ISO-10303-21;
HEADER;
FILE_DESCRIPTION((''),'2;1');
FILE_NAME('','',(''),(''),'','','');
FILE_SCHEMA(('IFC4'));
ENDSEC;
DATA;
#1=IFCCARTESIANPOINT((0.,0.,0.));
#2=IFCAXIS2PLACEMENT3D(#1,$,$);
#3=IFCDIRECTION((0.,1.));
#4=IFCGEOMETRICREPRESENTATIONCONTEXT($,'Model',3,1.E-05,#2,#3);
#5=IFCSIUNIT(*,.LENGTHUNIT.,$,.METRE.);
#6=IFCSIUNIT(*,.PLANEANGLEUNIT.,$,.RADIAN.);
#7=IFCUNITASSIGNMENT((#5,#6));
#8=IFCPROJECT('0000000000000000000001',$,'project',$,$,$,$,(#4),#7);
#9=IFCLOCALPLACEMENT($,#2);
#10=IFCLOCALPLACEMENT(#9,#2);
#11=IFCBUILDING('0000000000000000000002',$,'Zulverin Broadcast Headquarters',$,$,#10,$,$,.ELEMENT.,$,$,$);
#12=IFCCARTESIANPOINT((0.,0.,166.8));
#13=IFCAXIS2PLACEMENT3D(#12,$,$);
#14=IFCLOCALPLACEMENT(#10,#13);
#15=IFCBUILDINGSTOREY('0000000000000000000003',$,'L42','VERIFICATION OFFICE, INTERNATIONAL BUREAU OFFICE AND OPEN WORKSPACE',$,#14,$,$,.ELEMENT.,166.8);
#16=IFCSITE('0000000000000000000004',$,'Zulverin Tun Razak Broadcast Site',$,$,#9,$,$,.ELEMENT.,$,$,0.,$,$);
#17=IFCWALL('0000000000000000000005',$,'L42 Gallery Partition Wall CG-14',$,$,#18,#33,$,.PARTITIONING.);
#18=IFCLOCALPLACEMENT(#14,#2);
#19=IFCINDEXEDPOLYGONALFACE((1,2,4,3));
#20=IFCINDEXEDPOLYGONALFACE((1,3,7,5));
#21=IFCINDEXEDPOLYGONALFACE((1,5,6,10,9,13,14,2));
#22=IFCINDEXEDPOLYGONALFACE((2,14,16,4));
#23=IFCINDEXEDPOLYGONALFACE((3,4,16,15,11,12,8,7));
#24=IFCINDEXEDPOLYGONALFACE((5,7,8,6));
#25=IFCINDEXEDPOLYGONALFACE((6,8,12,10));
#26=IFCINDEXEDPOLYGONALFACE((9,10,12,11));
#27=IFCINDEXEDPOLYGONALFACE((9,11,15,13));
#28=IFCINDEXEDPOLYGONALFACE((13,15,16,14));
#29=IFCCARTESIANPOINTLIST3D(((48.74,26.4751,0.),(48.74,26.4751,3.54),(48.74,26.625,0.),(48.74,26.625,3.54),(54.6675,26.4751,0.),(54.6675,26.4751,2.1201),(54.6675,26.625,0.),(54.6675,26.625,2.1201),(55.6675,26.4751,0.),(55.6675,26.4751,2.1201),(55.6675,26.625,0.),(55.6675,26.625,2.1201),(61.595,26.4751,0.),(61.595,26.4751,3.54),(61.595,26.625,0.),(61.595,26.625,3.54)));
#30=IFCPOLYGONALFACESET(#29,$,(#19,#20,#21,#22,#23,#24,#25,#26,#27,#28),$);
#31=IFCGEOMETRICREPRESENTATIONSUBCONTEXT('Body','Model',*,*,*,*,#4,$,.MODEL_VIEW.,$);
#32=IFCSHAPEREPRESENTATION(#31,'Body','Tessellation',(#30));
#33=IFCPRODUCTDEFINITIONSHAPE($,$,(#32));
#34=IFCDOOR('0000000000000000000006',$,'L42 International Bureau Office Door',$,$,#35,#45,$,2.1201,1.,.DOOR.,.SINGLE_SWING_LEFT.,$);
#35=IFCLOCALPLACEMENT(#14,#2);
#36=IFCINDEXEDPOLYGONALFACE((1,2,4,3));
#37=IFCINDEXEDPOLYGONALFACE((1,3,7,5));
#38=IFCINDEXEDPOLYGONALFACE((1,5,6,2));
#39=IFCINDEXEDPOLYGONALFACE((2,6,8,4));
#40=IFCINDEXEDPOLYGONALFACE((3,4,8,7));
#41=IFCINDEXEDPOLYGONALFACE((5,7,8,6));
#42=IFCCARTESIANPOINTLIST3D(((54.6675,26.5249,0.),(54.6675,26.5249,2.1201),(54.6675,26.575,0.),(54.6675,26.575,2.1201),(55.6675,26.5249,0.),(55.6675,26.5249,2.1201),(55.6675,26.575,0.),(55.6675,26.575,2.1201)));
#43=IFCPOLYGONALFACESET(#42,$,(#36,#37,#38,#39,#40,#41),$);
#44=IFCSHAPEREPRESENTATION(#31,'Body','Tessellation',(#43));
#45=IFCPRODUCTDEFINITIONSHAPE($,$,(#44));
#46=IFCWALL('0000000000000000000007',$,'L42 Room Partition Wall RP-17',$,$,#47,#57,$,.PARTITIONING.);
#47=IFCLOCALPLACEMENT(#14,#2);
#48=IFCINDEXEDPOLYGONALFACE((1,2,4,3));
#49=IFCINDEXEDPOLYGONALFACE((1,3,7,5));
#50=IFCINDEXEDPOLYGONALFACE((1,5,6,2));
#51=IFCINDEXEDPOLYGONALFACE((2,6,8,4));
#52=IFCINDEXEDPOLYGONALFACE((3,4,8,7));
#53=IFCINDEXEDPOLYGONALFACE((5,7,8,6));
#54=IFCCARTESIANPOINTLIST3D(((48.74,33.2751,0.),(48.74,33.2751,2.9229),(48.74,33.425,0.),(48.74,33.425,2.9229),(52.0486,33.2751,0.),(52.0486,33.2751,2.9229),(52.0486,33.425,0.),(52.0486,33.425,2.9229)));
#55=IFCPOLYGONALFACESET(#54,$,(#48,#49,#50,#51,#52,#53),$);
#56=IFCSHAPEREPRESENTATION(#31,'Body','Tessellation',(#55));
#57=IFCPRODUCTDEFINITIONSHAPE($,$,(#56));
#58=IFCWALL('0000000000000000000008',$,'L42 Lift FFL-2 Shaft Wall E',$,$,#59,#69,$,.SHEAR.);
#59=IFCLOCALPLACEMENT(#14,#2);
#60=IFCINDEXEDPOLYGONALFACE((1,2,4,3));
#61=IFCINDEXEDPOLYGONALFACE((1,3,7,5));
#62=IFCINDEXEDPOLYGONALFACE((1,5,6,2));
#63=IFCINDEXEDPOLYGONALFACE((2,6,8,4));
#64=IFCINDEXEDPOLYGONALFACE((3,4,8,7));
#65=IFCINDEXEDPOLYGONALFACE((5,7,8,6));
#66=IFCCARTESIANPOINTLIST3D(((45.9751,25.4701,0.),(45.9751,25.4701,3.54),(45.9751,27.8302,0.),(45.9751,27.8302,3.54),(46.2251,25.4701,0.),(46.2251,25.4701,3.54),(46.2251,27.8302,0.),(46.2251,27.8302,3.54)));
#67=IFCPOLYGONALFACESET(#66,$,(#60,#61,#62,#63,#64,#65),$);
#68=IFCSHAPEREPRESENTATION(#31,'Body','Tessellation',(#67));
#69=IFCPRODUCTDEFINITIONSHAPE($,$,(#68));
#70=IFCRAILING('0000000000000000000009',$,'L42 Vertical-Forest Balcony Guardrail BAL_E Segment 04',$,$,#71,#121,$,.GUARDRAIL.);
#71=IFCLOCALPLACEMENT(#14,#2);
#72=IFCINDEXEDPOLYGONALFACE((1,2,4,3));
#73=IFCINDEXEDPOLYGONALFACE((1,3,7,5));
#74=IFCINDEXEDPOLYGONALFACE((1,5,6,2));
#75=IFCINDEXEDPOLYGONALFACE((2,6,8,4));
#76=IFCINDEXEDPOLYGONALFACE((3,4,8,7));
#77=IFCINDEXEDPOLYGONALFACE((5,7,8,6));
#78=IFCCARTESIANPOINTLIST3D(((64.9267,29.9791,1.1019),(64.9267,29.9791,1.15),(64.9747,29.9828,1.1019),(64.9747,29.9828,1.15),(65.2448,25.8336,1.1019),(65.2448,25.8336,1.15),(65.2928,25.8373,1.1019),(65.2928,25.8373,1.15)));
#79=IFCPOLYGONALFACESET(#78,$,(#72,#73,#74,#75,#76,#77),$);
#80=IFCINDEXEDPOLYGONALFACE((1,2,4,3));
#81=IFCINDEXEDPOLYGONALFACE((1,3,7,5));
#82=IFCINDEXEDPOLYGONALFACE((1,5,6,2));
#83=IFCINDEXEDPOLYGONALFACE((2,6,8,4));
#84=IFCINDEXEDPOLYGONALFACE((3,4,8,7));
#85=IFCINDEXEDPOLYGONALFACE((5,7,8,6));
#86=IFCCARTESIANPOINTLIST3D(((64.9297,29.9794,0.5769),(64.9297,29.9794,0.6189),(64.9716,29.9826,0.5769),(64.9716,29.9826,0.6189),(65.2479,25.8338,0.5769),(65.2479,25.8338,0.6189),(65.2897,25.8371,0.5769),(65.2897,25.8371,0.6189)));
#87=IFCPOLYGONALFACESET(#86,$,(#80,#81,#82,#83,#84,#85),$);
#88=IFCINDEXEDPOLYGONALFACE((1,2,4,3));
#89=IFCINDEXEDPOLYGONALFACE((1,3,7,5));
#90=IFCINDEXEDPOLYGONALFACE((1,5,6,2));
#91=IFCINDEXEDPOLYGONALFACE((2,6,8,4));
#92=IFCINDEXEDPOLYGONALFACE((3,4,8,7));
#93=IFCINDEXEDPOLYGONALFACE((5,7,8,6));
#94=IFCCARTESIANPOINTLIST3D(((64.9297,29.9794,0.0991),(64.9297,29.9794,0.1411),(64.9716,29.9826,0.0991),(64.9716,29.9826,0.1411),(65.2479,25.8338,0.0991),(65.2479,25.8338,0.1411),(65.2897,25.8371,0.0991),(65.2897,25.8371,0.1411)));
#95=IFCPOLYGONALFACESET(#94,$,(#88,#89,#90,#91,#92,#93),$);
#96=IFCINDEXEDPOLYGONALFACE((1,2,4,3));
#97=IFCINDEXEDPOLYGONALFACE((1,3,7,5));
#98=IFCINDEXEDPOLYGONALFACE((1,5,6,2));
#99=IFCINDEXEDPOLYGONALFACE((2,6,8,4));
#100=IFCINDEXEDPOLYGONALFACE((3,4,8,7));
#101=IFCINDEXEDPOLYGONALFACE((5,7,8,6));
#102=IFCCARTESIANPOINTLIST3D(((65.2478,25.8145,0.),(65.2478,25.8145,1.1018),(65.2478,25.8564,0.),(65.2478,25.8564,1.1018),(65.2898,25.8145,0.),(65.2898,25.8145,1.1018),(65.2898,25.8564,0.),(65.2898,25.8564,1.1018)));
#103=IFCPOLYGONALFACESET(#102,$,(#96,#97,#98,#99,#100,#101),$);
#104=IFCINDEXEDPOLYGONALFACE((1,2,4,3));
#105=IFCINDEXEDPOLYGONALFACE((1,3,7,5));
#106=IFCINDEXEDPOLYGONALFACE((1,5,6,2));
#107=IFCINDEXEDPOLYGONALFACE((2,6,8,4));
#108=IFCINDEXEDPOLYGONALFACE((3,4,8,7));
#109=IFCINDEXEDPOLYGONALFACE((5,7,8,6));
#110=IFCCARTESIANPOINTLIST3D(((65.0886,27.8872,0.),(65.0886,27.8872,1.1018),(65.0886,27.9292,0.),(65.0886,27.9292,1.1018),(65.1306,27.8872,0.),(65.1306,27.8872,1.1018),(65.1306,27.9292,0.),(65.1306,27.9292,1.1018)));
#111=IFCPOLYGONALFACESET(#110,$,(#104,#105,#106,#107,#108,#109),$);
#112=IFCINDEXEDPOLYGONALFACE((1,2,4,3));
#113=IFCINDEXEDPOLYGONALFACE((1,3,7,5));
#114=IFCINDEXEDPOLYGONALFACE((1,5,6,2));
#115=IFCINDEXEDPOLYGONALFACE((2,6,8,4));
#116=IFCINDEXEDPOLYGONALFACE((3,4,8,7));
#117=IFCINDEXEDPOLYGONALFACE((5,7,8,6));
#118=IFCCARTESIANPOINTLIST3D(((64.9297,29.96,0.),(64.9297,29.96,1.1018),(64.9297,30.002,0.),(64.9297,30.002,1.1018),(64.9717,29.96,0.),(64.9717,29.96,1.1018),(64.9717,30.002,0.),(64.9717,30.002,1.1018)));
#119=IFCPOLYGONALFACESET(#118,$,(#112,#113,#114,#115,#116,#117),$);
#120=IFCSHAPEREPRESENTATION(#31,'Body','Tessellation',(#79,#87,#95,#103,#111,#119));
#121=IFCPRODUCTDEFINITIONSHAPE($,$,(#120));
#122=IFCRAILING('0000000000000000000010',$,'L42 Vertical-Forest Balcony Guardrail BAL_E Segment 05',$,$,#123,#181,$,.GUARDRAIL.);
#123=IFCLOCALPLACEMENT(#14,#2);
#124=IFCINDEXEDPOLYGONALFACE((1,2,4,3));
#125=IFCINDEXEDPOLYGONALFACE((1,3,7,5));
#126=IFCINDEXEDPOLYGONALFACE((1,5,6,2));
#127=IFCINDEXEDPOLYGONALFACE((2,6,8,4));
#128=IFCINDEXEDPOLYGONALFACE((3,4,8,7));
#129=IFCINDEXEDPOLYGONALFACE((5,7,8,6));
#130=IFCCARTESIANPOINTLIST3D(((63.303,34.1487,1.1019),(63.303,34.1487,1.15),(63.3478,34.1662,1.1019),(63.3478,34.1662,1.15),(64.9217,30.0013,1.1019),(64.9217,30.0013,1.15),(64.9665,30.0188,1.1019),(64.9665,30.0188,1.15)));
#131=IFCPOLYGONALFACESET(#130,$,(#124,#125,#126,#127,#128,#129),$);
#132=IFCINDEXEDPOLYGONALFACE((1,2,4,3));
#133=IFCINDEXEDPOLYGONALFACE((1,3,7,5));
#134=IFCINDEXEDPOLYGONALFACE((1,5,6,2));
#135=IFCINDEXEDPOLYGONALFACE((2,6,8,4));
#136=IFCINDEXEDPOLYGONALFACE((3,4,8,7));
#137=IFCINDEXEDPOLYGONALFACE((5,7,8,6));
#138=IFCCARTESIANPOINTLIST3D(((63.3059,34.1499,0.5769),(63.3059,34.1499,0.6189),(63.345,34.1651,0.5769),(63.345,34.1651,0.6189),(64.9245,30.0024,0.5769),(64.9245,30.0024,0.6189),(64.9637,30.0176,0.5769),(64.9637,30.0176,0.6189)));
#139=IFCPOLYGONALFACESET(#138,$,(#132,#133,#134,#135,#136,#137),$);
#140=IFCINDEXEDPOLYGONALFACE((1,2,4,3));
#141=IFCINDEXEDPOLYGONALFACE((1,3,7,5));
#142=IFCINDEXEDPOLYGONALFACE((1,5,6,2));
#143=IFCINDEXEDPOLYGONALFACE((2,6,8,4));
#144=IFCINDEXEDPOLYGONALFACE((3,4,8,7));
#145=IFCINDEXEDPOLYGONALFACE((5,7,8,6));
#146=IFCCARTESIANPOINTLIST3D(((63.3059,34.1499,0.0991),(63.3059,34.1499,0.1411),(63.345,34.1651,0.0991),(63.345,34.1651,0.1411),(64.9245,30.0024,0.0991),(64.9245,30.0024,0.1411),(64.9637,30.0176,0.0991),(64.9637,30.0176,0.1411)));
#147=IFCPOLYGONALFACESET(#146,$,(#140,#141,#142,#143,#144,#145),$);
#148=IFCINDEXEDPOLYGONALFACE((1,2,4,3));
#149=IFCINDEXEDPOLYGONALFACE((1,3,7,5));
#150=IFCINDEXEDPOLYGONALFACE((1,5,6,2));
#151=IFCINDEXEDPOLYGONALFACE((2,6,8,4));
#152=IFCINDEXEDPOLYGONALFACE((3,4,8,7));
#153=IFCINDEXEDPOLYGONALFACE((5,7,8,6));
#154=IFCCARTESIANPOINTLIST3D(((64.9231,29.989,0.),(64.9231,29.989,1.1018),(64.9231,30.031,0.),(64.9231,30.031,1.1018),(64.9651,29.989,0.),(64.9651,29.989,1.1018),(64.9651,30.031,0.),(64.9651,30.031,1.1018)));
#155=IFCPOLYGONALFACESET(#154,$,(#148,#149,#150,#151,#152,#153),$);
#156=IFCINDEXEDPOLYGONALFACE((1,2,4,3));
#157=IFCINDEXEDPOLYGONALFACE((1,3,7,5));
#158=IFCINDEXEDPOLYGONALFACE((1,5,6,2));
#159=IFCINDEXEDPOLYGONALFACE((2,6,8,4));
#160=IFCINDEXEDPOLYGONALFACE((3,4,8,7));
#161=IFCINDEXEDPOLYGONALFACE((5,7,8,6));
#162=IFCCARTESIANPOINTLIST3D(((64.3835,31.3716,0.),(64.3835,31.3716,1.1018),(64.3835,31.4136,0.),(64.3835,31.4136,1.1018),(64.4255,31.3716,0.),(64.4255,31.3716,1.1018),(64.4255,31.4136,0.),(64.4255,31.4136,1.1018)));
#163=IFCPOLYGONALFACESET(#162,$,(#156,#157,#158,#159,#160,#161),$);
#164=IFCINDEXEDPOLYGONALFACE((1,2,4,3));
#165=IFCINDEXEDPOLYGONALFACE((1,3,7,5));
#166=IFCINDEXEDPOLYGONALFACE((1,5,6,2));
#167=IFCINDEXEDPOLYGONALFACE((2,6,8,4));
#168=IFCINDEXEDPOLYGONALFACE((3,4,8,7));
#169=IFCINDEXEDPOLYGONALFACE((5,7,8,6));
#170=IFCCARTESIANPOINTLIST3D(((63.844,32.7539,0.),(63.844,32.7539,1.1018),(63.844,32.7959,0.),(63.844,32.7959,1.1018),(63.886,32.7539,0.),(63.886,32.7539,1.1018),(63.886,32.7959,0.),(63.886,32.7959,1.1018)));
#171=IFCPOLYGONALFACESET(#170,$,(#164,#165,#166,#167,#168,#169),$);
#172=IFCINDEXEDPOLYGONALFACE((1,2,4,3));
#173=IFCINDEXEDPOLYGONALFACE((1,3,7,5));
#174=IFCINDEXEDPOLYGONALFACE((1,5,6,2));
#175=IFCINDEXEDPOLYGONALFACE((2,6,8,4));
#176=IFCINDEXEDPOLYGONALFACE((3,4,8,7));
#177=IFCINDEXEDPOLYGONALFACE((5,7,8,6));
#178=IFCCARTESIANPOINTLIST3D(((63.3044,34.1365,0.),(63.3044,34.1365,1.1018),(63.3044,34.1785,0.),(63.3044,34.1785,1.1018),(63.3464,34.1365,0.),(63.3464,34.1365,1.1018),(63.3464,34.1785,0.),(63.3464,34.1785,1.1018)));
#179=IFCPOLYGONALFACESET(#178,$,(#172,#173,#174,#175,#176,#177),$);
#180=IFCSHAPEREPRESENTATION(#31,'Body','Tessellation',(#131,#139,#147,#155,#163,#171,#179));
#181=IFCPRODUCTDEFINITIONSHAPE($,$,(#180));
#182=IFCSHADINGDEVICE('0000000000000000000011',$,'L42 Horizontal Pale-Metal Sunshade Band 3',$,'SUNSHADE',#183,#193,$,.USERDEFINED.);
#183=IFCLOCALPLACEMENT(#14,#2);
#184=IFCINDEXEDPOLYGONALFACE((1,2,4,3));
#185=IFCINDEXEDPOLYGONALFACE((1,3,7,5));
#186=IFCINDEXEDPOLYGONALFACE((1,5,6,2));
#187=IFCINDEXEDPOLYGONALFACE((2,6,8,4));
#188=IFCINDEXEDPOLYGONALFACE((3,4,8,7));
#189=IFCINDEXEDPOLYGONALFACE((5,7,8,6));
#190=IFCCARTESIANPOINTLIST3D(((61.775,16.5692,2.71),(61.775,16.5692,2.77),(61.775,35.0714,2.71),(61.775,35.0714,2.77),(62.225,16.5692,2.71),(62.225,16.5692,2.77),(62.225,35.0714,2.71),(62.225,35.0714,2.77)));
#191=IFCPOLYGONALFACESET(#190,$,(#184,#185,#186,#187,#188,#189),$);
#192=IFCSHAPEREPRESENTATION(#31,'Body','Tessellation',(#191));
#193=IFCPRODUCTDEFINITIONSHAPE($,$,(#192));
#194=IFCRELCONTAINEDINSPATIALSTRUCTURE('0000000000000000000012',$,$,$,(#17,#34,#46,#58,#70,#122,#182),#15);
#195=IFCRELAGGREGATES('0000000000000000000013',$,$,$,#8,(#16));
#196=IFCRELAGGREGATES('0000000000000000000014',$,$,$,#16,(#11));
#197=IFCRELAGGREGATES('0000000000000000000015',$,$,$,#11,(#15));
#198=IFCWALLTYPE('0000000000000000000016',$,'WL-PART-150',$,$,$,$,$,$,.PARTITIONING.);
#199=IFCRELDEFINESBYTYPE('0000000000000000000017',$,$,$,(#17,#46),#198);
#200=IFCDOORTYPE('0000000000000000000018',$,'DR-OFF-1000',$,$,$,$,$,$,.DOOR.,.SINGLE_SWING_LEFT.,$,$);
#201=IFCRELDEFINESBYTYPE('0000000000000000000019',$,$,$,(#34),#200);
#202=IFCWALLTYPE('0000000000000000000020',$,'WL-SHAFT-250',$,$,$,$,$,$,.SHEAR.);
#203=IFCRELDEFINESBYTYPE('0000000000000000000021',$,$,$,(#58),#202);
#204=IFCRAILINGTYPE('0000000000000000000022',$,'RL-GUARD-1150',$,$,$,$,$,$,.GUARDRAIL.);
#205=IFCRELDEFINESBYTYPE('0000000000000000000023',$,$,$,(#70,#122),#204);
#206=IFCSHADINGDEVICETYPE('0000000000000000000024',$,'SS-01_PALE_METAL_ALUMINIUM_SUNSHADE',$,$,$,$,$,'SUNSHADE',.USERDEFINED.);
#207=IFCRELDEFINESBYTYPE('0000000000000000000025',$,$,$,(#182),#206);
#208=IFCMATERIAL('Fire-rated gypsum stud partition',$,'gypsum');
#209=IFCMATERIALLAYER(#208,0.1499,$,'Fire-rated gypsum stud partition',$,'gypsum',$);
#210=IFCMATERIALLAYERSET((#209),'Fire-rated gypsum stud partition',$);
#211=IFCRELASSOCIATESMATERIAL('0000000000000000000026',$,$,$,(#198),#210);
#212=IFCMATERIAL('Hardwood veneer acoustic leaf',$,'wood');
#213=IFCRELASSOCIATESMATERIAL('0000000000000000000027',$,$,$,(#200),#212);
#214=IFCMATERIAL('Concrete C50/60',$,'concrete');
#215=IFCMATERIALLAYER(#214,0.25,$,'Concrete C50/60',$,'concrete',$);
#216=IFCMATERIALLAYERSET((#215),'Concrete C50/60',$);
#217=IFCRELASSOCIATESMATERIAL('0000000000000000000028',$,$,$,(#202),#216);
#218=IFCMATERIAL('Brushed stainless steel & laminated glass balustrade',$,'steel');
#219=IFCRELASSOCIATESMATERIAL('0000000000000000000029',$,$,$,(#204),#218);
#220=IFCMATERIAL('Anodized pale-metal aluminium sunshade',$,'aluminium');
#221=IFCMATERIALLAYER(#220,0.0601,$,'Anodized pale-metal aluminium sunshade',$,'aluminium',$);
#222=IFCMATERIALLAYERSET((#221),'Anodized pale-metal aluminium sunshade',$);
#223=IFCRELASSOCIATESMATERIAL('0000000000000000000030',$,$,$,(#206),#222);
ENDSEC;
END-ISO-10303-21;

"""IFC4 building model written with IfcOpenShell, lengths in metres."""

from ifc_helpers import new_model, si_unit, direction, frame, frame_2d, origin, origin_2d, place, context, subcontext, project, spatial, rectangle, extrude, material, layer, layer_set, type_object, element, fill, save


model = new_model("IFC4")

# Units and contexts
model_context = context("Model", 3, precision=1e-05, world=origin(), true_north=direction((0.0, 1.0)))
body_context = subcontext(model_context, "Body", "Model", "MODEL_VIEW")
ifc_project = project(units=[si_unit("LENGTHUNIT", "METRE"), si_unit("PLANEANGLEUNIT", "RADIAN")], contexts=[model_context])

# Site, building, storey
site_placement = place(None, origin())
site = spatial("IfcSite", under=ifc_project, at=site_placement, Name="Zulverin Tun Razak Broadcast Site", CompositionType="ELEMENT", RefElevation=0.0)
building_placement = place(site_placement, origin())
building = spatial("IfcBuilding", under=site, at=building_placement, Name="Zulverin Broadcast Headquarters", CompositionType="ELEMENT")
storey_placement = place(building_placement, frame((0.0, 0.0, 166.8)))
storey = spatial("IfcBuildingStorey", under=building, at=storey_placement, Name="L42", Description="VERIFICATION OFFICE, INTERNATIONAL BUREAU OFFICE AND OPEN WORKSPACE", CompositionType="ELEMENT", Elevation=166.8)

# Shared definitions
ifc_material_1 = material(Name="Concrete C50/60", Category="concrete")

# Shared definitions
ifc_material_2 = material(Name="Fire-rated gypsum stud partition", Category="gypsum")
ifc_layer_1 = layer(ifc_material_2, 0.1499, Name="Fire-rated gypsum stud partition", Category="gypsum")
ifc_layer_set_1 = layer_set([ifc_layer_1], Name="Fire-rated gypsum stud partition")
wall_type_1 = type_object("IfcWallType", Name="WL-PART-150", PredefinedType="PARTITIONING", material=ifc_layer_set_1)

# Wall, opening, door
wall_1_placement = place(storey_placement, frame((48.74, 26.55, 0.0), z_axis=(0.0, 0.0, 1.0), x_axis=(1.0, 0.0, 0.0)))
wall_1 = element("IfcWall", 1, at=wall_1_placement, inside=storey, type_object=wall_type_1, Name="L42 Gallery Partition Wall CG-14", PredefinedType="PARTITIONING", context=body_context, shape_type="SweptSolid", body=[
    extrude(rectangle(XDim=12.855, YDim=0.1499, at=frame_2d((6.4275, 0.0))), origin(), (0.0, 0.0, 1.0), 3.54),
])
opening_placement = place(wall_1_placement, frame((5.9275, 0.0, 0.0)))
opening = element("IfcOpeningElement", 2, at=opening_placement, cuts=wall_1, PredefinedType="OPENING", context=body_context, shape_type="SweptSolid", body=[
    extrude(rectangle(XDim=1.0, YDim=2.1201, at=frame_2d((0.5, 1.0601))), frame((0.0, 0.085, 0.0), z_axis=(0.0, -1.0, 0.0), x_axis=(1.0, 0.0, 0.0)), (0.0, 0.0, 1.0), 0.1699),
])
ifc_material_3 = material(Name="Hardwood veneer acoustic leaf", Category="wood")
door_type = type_object("IfcDoorType", Name="DR-OFF-1000", OperationType="SINGLE_SWING_LEFT", PredefinedType="DOOR", material=ifc_material_3)
door_placement = place(opening_placement, origin())
door = element("IfcDoor", 3, at=door_placement, inside=storey, type_object=door_type, Name="L42 International Bureau Office Door", OperationType="SINGLE_SWING_LEFT", OverallHeight=2.1201, OverallWidth=1.0, PredefinedType="DOOR", context=body_context, shape_type="SweptSolid", body=[
    extrude(rectangle(XDim=1.0, YDim=2.1201, at=frame_2d((0.5, 1.0601))), frame((0.0, 0.0249, 0.0), z_axis=(0.0, -1.0, 0.0), x_axis=(1.0, 0.0, 0.0)), (0.0, 0.0, 1.0), 0.05),
])
fill(opening, door)

# Walls
wall_2_placement = place(storey_placement, frame((48.74, 33.3501, 0.0), z_axis=(0.0, 0.0, 1.0), x_axis=(1.0, 0.0, 0.0)))
element("IfcWall", 4, at=wall_2_placement, inside=storey, type_object=wall_type_1, Name="L42 Room Partition Wall RP-17", PredefinedType="PARTITIONING", context=body_context, shape_type="SweptSolid", body=[
    extrude(rectangle(XDim=3.3086, YDim=0.1499, at=frame_2d((1.6543, 0.0))), origin(), (0.0, 0.0, 1.0), 2.9229),
])
ifc_layer_2 = layer(ifc_material_1, 0.25, Name="Concrete C50/60", Category="concrete")
ifc_layer_set_2 = layer_set([ifc_layer_2], Name="Concrete C50/60")
wall_type_2 = type_object("IfcWallType", Name="WL-SHAFT-250", PredefinedType="SHEAR", material=ifc_layer_set_2)
wall_3_placement = place(storey_placement, frame((46.1001, 25.47, 0.0), z_axis=(0.0, 0.0, 1.0), x_axis=(0.0, 1.0, 0.0)))
element("IfcWall", 5, at=wall_3_placement, inside=storey, type_object=wall_type_2, Name="L42 Lift FFL-2 Shaft Wall E", PredefinedType="SHEAR", context=body_context, shape_type="SweptSolid", body=[
    extrude(rectangle(XDim=2.3601, YDim=0.25, at=frame_2d((1.1802, 0.0))), origin(), (0.0, 0.0, 1.0), 3.54),
])

# Railings
ifc_material_4 = material(Name="Brushed stainless steel & laminated glass balustrade", Category="steel")
railing_type = type_object("IfcRailingType", Name="RL-GUARD-1150", PredefinedType="GUARDRAIL", material=ifc_material_4)
railing_1_placement = place(storey_placement, frame((65.2688, 25.8354, 0.0)))
element("IfcRailing", 6, at=railing_1_placement, inside=storey, type_object=railing_type, Name="L42 Vertical-Forest Balcony Guardrail BAL_E Segment 04", PredefinedType="GUARDRAIL", context=body_context, shape_type="SweptSolid", body=[
    extrude(rectangle(XDim=0.0481, YDim=0.0481, at=origin_2d()), frame((0.0, 0.0, 1.126), z_axis=(-0.076512, 0.997069, 0.0), x_axis=(-0.997069, -0.076512, 0.0)), (0.0, 0.0, 1.0), 4.1577),
    extrude(rectangle(XDim=0.042, YDim=0.042, at=origin_2d()), frame((0.0, 0.0, 0.5979), z_axis=(-0.076512, 0.997069, 0.0), x_axis=(-0.997069, -0.076512, 0.0)), (0.0, 0.0, 1.0), 4.1577),
    extrude(rectangle(XDim=0.042, YDim=0.042, at=origin_2d()), frame((0.0, 0.0, 0.1201), z_axis=(-0.076512, 0.997069, 0.0), x_axis=(-0.997069, -0.076512, 0.0)), (0.0, 0.0, 1.0), 4.1577),
    extrude(rectangle(XDim=0.042, YDim=0.042, at=origin_2d()), origin(), (0.0, 0.0, 1.0), 1.1018),
    extrude(rectangle(XDim=0.042, YDim=0.042, at=origin_2d()), frame((-0.1592, 2.0728, 0.0)), (0.0, 0.0, 1.0), 1.1018),
    extrude(rectangle(XDim=0.042, YDim=0.042, at=origin_2d()), frame((-0.3181, 4.1455, 0.0)), (0.0, 0.0, 1.0), 1.1018),
])
railing_2_placement = place(storey_placement, frame((64.9441, 30.01, 0.0)))
element("IfcRailing", 7, at=railing_2_placement, inside=storey, type_object=railing_type, Name="L42 Vertical-Forest Balcony Guardrail BAL_E Segment 05", PredefinedType="GUARDRAIL", context=body_context, shape_type="SweptSolid", body=[
    extrude(rectangle(XDim=0.0481, YDim=0.0481, at=origin_2d()), frame((0.0, 0.0, 1.126), z_axis=(-0.363568, 0.931568, 0.0), x_axis=(-0.931568, -0.363568, 0.0)), (0.0, 0.0, 1.0), 4.4521),
    extrude(rectangle(XDim=0.042, YDim=0.042, at=origin_2d()), frame((0.0, 0.0, 0.5979), z_axis=(-0.363568, 0.931568, 0.0), x_axis=(-0.931568, -0.363568, 0.0)), (0.0, 0.0, 1.0), 4.4521),
    extrude(rectangle(XDim=0.042, YDim=0.042, at=origin_2d()), frame((0.0, 0.0, 0.1201), z_axis=(-0.363568, 0.931568, 0.0), x_axis=(-0.931568, -0.363568, 0.0)), (0.0, 0.0, 1.0), 4.4521),
    extrude(rectangle(XDim=0.042, YDim=0.042, at=origin_2d()), origin(), (0.0, 0.0, 1.0), 1.1018),
    extrude(rectangle(XDim=0.042, YDim=0.042, at=origin_2d()), frame((-0.5396, 1.3826, 0.0)), (0.0, 0.0, 1.0), 1.1018),
    extrude(rectangle(XDim=0.042, YDim=0.042, at=origin_2d()), frame((-1.0791, 2.7649, 0.0)), (0.0, 0.0, 1.0), 1.1018),
    extrude(rectangle(XDim=0.042, YDim=0.042, at=origin_2d()), frame((-1.6187, 4.1475, 0.0)), (0.0, 0.0, 1.0), 1.1018),
])

# Shading device
ifc_material_5 = material(Name="Anodized pale-metal aluminium sunshade", Category="aluminium")
ifc_layer_3 = layer(ifc_material_5, 0.0601, Name="Anodized pale-metal aluminium sunshade", Category="aluminium")
ifc_layer_set_3 = layer_set([ifc_layer_3], Name="Anodized pale-metal aluminium sunshade")
shading_device_type = type_object("IfcShadingDeviceType", Name="SS-01_PALE_METAL_ALUMINIUM_SUNSHADE", ElementType="SUNSHADE", PredefinedType="USERDEFINED", material=ifc_layer_set_3)
shading_device_placement = place(storey_placement, frame((62.0, 25.8203, 2.71), z_axis=(0.0, 0.0, 1.0), x_axis=(0.0, 1.0, 0.0)))
element("IfcShadingDevice", 8, at=shading_device_placement, inside=storey, type_object=shading_device_type, Name="L42 Horizontal Pale-Metal Sunshade Band 3", ObjectType="SUNSHADE", PredefinedType="USERDEFINED", context=body_context, shape_type="SweptSolid", body=[
    extrude(rectangle(XDim=18.5022, YDim=0.45, at=origin_2d()), origin(), (0.0, 0.0, 1.0), 0.0601),
])

save(model, "model.ifc")
